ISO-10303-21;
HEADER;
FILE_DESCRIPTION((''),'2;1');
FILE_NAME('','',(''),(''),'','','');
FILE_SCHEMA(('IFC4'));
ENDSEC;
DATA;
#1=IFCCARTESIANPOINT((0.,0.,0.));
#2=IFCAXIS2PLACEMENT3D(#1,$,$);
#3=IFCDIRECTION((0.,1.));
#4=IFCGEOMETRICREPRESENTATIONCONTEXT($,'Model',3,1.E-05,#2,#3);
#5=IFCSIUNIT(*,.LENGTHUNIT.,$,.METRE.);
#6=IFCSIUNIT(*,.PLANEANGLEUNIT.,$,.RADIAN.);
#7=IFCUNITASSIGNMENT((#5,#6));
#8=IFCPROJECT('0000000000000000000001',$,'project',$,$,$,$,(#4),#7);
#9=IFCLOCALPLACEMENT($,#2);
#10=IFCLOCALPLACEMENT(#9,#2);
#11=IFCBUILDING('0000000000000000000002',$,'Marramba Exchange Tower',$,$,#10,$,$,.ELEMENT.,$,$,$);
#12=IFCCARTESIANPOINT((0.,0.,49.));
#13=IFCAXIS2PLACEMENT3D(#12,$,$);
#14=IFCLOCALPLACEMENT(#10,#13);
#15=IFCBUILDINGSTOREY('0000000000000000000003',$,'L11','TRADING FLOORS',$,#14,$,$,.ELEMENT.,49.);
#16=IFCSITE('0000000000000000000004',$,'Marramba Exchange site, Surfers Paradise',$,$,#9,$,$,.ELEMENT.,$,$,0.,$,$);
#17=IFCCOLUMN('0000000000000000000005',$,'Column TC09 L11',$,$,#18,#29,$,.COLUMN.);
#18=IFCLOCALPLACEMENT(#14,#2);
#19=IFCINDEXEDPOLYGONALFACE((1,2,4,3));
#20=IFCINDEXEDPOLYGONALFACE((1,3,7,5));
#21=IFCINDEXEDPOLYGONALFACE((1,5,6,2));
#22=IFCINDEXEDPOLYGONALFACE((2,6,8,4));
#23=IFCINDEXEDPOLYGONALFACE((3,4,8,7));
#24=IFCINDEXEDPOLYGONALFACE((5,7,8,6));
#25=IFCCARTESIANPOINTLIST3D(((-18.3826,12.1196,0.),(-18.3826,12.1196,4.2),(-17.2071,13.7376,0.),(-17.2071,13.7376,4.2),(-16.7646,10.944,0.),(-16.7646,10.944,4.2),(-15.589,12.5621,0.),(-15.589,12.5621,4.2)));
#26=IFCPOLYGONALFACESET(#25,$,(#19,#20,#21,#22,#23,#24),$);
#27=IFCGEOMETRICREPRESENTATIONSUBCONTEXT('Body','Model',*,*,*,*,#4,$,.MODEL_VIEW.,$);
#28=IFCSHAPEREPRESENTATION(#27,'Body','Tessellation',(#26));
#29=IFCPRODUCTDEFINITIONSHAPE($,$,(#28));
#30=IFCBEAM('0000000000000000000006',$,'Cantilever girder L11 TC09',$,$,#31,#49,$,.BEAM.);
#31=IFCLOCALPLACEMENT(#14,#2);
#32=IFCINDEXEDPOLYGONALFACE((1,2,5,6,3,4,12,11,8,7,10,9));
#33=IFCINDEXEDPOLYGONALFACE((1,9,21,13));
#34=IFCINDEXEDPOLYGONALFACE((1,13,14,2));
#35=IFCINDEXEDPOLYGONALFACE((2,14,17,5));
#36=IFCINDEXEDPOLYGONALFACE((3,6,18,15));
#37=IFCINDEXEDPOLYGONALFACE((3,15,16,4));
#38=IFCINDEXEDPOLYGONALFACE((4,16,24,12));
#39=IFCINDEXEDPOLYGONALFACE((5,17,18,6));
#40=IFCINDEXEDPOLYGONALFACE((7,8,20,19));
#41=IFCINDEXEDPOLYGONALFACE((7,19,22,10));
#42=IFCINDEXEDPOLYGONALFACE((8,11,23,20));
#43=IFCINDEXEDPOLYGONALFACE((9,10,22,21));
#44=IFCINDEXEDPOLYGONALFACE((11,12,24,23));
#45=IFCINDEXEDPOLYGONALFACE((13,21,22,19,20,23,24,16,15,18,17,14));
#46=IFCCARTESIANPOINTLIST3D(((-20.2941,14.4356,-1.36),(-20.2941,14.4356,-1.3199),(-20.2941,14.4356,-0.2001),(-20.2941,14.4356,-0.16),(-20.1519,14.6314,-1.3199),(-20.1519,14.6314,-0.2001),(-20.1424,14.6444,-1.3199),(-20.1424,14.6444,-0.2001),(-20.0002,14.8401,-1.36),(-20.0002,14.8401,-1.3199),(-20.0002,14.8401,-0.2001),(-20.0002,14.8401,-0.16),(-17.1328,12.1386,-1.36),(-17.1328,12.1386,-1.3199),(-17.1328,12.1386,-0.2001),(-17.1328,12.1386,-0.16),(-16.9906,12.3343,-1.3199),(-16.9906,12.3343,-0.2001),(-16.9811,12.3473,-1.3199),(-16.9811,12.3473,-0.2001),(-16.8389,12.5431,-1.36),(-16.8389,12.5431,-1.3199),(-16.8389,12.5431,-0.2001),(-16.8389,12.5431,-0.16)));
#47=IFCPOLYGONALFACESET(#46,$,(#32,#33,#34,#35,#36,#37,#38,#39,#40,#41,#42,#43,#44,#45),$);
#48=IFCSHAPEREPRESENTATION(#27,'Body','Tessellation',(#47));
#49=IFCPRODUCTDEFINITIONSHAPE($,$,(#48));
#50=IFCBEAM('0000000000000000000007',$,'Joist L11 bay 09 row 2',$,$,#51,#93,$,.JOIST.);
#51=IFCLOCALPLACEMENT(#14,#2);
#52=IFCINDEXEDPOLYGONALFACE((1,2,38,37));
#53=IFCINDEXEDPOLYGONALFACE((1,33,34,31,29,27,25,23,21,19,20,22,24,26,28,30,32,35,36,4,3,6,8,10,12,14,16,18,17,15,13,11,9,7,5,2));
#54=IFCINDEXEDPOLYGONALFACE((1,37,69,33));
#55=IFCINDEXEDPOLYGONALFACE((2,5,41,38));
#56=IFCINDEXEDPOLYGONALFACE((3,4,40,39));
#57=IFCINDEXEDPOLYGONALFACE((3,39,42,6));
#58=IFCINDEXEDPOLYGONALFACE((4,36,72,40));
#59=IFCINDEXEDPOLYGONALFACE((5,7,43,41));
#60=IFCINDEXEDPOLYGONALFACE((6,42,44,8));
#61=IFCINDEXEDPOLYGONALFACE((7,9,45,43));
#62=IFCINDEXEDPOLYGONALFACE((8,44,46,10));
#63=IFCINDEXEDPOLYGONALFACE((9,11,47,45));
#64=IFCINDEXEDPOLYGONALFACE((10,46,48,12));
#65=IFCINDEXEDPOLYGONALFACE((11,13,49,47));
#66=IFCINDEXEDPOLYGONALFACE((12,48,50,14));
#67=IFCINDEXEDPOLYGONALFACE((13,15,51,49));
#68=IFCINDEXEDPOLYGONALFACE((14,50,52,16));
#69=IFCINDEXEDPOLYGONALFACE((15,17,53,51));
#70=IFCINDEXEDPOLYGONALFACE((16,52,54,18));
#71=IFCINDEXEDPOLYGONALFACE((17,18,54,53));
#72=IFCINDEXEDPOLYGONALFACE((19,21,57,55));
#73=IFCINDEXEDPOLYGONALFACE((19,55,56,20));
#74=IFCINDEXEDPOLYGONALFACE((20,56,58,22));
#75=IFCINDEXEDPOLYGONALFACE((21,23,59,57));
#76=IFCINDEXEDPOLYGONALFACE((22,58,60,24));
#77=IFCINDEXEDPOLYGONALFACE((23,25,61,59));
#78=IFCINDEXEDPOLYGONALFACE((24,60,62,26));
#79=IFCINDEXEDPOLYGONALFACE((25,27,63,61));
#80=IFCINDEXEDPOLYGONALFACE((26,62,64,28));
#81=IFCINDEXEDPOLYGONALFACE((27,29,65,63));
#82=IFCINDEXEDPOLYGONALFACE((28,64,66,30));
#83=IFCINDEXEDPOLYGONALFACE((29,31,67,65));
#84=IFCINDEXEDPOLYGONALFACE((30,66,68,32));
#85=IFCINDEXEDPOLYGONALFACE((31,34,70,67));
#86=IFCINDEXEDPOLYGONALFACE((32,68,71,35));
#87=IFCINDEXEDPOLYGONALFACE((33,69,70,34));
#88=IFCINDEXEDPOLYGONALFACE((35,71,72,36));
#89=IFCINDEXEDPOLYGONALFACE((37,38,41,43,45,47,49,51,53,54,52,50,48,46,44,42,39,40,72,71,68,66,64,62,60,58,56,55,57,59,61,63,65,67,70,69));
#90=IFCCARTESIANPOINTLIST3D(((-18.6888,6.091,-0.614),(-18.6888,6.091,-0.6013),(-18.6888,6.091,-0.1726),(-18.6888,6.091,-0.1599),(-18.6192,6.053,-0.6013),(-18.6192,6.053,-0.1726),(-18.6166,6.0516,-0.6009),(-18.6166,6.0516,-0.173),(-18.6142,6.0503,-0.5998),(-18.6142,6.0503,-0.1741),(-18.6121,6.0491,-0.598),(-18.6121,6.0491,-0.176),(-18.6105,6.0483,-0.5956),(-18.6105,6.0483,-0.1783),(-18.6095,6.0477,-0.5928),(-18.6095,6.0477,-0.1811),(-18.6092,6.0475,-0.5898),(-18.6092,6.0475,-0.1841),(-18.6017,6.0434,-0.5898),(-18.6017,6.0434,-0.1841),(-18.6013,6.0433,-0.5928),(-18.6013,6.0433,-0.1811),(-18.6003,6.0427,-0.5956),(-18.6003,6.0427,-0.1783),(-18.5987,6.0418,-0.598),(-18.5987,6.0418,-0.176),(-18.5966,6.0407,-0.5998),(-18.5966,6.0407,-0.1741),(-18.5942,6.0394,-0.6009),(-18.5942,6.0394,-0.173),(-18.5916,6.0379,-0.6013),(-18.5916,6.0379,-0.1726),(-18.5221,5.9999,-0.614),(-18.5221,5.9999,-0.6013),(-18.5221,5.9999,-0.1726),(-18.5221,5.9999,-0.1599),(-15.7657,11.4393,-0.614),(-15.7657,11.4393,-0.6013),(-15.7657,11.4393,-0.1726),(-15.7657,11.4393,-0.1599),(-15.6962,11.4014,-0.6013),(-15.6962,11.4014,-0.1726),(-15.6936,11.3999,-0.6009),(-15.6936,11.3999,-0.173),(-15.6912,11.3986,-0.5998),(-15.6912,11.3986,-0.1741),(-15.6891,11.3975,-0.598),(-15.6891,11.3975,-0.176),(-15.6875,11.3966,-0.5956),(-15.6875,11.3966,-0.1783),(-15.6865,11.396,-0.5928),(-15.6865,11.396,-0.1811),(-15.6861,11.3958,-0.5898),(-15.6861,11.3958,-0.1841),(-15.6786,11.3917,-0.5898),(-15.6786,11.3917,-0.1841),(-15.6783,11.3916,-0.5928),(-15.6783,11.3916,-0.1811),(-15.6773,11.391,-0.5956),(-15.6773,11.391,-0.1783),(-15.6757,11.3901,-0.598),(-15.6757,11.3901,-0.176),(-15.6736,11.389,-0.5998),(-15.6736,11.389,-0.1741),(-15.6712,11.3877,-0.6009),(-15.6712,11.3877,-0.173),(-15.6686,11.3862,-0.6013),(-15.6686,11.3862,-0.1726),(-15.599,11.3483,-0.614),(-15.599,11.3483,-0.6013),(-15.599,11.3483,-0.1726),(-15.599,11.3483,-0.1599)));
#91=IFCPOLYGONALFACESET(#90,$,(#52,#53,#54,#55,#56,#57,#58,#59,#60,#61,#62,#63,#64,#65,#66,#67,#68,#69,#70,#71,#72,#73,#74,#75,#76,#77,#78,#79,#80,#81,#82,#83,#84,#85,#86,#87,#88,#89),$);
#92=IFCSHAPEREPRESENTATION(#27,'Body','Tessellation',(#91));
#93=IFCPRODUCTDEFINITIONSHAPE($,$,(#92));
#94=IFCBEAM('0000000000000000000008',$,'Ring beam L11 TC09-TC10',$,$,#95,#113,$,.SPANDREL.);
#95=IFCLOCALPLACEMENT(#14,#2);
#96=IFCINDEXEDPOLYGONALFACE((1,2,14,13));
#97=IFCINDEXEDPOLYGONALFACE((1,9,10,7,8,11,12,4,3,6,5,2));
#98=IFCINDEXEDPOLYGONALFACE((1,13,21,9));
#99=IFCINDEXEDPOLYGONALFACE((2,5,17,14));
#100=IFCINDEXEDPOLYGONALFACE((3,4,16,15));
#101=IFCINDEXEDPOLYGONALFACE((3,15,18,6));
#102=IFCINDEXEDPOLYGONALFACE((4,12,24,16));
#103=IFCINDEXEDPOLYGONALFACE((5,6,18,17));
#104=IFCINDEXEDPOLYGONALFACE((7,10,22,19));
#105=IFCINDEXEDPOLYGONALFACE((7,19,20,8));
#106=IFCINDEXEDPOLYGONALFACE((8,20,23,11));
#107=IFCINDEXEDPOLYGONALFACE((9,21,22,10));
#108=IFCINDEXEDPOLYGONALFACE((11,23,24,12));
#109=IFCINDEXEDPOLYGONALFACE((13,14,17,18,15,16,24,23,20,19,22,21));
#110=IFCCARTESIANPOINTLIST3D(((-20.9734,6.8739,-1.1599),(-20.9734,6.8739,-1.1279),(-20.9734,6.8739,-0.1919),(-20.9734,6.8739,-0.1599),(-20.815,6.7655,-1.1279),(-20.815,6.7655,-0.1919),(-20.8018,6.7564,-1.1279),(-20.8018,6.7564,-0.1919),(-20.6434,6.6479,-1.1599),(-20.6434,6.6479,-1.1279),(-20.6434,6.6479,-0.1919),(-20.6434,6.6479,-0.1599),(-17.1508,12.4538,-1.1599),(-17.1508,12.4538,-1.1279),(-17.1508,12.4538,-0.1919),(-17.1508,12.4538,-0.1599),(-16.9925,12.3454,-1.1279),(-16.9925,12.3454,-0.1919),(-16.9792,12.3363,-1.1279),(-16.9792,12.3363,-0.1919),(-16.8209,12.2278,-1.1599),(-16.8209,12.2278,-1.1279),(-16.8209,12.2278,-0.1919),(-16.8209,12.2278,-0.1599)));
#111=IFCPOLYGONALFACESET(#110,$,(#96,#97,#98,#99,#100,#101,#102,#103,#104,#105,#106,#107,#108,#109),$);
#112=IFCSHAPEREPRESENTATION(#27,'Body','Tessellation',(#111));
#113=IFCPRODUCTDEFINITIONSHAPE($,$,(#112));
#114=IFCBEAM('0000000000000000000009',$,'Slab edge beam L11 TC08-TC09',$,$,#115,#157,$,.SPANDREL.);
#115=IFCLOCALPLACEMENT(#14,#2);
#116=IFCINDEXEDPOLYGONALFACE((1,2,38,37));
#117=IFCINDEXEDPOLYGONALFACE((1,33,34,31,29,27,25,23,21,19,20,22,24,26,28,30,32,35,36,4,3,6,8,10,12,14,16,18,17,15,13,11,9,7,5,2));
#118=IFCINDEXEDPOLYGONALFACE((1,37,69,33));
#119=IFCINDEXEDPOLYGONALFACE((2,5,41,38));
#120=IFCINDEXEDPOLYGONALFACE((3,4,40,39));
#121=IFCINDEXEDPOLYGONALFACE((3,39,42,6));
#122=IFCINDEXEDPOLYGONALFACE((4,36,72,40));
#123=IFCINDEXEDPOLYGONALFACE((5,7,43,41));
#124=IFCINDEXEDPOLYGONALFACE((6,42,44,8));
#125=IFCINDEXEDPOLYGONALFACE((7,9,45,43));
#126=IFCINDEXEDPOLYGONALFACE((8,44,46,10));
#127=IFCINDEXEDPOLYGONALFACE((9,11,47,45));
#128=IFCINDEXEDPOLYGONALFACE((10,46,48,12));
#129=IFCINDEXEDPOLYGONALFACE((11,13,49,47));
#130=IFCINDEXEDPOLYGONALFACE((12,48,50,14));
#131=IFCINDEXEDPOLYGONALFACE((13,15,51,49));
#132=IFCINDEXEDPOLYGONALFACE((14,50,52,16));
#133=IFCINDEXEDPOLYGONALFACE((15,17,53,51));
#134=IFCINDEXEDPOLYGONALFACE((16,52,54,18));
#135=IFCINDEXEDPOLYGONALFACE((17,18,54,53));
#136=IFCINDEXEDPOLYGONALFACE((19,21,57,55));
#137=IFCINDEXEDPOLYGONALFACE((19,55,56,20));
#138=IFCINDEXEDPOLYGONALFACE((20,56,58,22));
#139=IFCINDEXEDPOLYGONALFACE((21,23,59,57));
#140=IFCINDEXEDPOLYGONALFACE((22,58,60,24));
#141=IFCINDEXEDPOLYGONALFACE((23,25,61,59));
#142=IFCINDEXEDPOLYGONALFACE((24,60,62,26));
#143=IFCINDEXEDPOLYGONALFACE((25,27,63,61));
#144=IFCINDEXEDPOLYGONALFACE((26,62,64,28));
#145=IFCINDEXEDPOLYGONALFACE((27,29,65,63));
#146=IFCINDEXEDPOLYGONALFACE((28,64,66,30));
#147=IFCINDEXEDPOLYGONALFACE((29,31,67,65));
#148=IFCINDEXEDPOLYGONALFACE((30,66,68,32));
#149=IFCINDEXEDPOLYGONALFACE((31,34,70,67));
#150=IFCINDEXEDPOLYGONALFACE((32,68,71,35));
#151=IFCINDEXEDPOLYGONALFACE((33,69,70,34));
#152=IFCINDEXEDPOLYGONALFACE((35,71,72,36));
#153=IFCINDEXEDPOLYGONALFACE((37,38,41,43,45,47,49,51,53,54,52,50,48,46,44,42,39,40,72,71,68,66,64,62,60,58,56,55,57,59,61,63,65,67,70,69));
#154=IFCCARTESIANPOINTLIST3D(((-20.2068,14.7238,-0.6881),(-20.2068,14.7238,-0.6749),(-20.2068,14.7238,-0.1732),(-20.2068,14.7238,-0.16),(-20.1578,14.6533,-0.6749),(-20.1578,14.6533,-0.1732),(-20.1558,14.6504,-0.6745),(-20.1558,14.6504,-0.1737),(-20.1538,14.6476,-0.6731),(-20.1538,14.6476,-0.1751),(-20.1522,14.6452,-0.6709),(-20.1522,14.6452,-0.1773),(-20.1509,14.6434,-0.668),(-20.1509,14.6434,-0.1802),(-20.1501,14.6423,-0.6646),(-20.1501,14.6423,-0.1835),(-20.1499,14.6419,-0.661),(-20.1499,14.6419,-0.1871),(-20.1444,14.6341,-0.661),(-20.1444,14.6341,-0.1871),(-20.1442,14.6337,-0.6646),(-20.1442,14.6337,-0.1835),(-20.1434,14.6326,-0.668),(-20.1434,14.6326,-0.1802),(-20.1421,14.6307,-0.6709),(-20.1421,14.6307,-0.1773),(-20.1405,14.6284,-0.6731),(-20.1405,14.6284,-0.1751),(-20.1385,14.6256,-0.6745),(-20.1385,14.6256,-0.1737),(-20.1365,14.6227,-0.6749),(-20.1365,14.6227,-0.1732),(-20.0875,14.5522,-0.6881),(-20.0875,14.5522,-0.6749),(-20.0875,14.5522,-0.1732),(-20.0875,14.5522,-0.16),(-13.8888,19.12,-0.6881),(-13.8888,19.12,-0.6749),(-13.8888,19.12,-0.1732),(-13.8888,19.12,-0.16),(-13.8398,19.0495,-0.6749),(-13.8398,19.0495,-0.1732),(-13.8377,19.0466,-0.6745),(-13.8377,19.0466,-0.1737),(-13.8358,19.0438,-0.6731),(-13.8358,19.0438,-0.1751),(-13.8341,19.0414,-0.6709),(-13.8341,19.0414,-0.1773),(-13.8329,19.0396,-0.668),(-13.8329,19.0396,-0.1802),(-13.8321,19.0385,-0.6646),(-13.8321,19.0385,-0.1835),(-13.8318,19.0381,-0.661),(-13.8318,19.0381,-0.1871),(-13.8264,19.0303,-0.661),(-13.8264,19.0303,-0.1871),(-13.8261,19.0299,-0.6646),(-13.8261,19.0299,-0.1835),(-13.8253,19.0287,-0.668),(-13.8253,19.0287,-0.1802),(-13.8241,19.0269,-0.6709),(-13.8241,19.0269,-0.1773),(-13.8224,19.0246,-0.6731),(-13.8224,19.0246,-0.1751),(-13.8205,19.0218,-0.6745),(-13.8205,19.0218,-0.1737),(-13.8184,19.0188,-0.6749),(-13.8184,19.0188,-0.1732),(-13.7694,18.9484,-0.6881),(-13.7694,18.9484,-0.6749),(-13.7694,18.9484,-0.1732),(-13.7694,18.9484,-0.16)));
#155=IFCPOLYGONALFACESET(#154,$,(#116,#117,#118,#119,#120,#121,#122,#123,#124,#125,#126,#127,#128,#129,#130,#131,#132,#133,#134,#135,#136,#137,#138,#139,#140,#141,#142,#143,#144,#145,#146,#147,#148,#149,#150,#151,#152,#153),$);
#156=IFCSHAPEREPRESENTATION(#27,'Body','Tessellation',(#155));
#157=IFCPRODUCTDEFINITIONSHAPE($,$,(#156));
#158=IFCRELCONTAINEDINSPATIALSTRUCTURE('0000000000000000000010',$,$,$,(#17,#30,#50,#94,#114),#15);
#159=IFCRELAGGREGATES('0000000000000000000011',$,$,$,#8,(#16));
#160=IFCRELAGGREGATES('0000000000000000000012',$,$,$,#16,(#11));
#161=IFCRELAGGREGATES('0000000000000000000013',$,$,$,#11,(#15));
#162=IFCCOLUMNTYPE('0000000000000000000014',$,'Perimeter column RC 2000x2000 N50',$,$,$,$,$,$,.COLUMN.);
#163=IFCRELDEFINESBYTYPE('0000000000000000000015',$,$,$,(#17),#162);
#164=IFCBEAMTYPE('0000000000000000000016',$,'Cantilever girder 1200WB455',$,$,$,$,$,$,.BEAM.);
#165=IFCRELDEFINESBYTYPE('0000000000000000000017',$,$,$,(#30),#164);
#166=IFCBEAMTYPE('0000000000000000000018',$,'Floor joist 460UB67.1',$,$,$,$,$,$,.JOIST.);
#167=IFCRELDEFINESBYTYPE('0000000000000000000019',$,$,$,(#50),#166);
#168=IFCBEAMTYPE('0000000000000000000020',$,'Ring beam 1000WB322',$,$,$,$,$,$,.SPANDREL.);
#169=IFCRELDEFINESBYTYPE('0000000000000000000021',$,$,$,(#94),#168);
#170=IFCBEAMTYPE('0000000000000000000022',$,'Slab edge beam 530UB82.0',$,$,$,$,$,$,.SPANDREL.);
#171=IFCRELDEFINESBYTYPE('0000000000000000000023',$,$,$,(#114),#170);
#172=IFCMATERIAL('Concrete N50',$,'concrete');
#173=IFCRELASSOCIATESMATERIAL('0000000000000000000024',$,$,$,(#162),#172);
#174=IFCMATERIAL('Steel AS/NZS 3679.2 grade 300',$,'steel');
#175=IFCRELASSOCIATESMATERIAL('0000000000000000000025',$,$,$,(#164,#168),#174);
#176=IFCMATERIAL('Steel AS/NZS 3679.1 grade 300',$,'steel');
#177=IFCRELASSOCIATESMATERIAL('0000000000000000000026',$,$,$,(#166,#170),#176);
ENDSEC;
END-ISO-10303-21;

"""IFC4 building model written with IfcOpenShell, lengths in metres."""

from ifc_helpers import new_model, si_unit, direction, frame, origin, origin_2d, place, context, subcontext, project, spatial, rectangle, i_section, extrude, material, material_profile, profile_set, type_object, element, save


model = new_model("IFC4")

# Units and contexts
model_context = context("Model", 3, precision=1e-05, world=origin(), true_north=direction((0.0, 1.0)))
body_context = subcontext(model_context, "Body", "Model", "MODEL_VIEW")
ifc_project = project(units=[si_unit("LENGTHUNIT", "METRE"), si_unit("PLANEANGLEUNIT", "RADIAN")], contexts=[model_context])

# Site, building, storey
site_placement = place(None, origin())
site = spatial("IfcSite", under=ifc_project, at=site_placement, Name="Marramba Exchange site, Surfers Paradise", CompositionType="ELEMENT", RefElevation=0.0)
building_placement = place(site_placement, origin())
building = spatial("IfcBuilding", under=site, at=building_placement, Name="Marramba Exchange Tower", CompositionType="ELEMENT")
storey_placement = place(building_placement, frame((0.0, 0.0, 49.0)))
storey = spatial("IfcBuildingStorey", under=building, at=storey_placement, Name="L11", Description="TRADING FLOORS", CompositionType="ELEMENT", Elevation=49.0)

# Column
ifc_material_1 = material(Name="Concrete N50", Category="concrete")
ifc_material_profile_1 = material_profile(ifc_material_1, rectangle(XDim=2.0, YDim=2.0, at=origin_2d()), Name="RC 2000x2000")
ifc_profile_set_1 = profile_set([ifc_material_profile_1], Name="Concrete N50")
column_type = type_object("IfcColumnType", Name="Perimeter column RC 2000x2000 N50", PredefinedType="COLUMN", material=ifc_profile_set_1)
column_placement = place(storey_placement, frame((-16.9858, 12.3408, 0.0), z_axis=(0.0, 0.0, 1.0), x_axis=(-0.809017, 0.587785, 0.0)))
element("IfcColumn", 1, at=column_placement, inside=storey, type_object=column_type, Name="Column TC09 L11", PredefinedType="COLUMN", context=body_context, shape_type="SweptSolid", body=[
    extrude(rectangle(XDim=2.0, YDim=2.0, at=origin_2d()), origin(), (0.0, 0.0, 1.0), 4.2),
])

# Beams
ifc_material_2 = material(Name="Steel AS/NZS 3679.2 grade 300", Category="steel")
ifc_material_profile_2 = material_profile(ifc_material_2, i_section(OverallWidth=0.5, OverallDepth=1.2, WebThickness=0.0161, FlangeThickness=0.04, at=origin_2d()), Name="1200WB455")
ifc_profile_set_2 = profile_set([ifc_material_profile_2], Name="Steel AS/NZS 3679.2 grade 300")
beam_type_1 = type_object("IfcBeamType", Name="Cantilever girder 1200WB455", PredefinedType="BEAM", material=ifc_profile_set_2)
beam_1_placement = place(storey_placement, frame((-16.9858, 12.3408, -0.76), z_axis=(-0.808987, 0.587826, 0.0), x_axis=(-0.587826, -0.808987, 0.0)))
element("IfcBeam", 2, at=beam_1_placement, inside=storey, type_object=beam_type_1, Name="Cantilever girder L11 TC09", PredefinedType="BEAM", context=body_context, shape_type="SweptSolid", body=[
    extrude(i_section(OverallWidth=0.5, OverallDepth=1.2, WebThickness=0.0161, FlangeThickness=0.04, at=origin_2d()), origin(), (0.0, 0.0, 1.0), 3.9077),
])
ifc_material_3 = material(Name="Steel AS/NZS 3679.1 grade 300", Category="steel")
ifc_material_profile_3 = material_profile(ifc_material_3, i_section(OverallWidth=0.1899, OverallDepth=0.4541, WebThickness=0.0085, FlangeThickness=0.0127, FilletRadius=0.0115, at=origin_2d()), Name="460UB67.1")
ifc_profile_set_3 = profile_set([ifc_material_profile_3], Name="Steel AS/NZS 3679.1 grade 300")
beam_type_2 = type_object("IfcBeamType", Name="Floor joist 460UB67.1", PredefinedType="JOIST", material=ifc_profile_set_3)
beam_2_placement = place(storey_placement, frame((-15.6824, 11.3938, -0.387), z_axis=(-0.479584, -0.877496, 0.0), x_axis=(0.877496, -0.479584, 0.0)))
element("IfcBeam", 3, at=beam_2_placement, inside=storey, type_object=beam_type_2, Name="Joist L11 bay 09 row 2", PredefinedType="JOIST", context=body_context, shape_type="SweptSolid", body=[
    extrude(i_section(OverallWidth=0.1899, OverallDepth=0.4541, WebThickness=0.0085, FlangeThickness=0.0127, FilletRadius=0.0115, at=origin_2d()), origin(), (0.0, 0.0, 1.0), 6.095),
])
ifc_material_profile_4 = material_profile(ifc_material_2, i_section(OverallWidth=0.3999, OverallDepth=1.0, WebThickness=0.0161, FlangeThickness=0.032, at=origin_2d()), Name="1000WB322")
ifc_profile_set_4 = profile_set([ifc_material_profile_4], Name="Steel AS/NZS 3679.2 grade 300")
beam_type_3 = type_object("IfcBeamType", Name="Ring beam 1000WB322", PredefinedType="SPANDREL", material=ifc_profile_set_4)
beam_3_placement = place(storey_placement, frame((-16.9858, 12.3408, -0.6599), z_axis=(-0.56516, -0.824981, 0.0), x_axis=(0.824981, -0.56516, 0.0)))
element("IfcBeam", 4, at=beam_3_placement, inside=storey, type_object=beam_type_3, Name="Ring beam L11 TC09-TC10", PredefinedType="SPANDREL", context=body_context, shape_type="SweptSolid", body=[
    extrude(i_section(OverallWidth=0.3999, OverallDepth=1.0, WebThickness=0.0161, FlangeThickness=0.032, at=origin_2d()), origin(), (0.0, 0.0, 1.0), 6.7637),
])
ifc_material_profile_5 = material_profile(ifc_material_3, i_section(OverallWidth=0.209, OverallDepth=0.5281, WebThickness=0.0095, FlangeThickness=0.0132, FilletRadius=0.0139, at=origin_2d()), Name="530UB82.0")
ifc_profile_set_5 = profile_set([ifc_material_profile_5], Name="Steel AS/NZS 3679.1 grade 300")
beam_type_4 = type_object("IfcBeamType", Name="Slab edge beam 530UB82.0", PredefinedType="SPANDREL", material=ifc_profile_set_5)
beam_4_placement = place(storey_placement, frame((-13.8291, 19.0342, -0.4241), z_axis=(-0.820842, -0.571155, 0.0), x_axis=(0.571155, -0.820842, 0.0)))
element("IfcBeam", 5, at=beam_4_placement, inside=storey, type_object=beam_type_4, Name="Slab edge beam L11 TC08-TC09", PredefinedType="SPANDREL", context=body_context, shape_type="SweptSolid", body=[
    extrude(i_section(OverallWidth=0.209, OverallDepth=0.5281, WebThickness=0.0095, FlangeThickness=0.0132, FilletRadius=0.0139, at=origin_2d()), origin(), (0.0, 0.0, 1.0), 7.697),
])

save(model, "model.ifc")
